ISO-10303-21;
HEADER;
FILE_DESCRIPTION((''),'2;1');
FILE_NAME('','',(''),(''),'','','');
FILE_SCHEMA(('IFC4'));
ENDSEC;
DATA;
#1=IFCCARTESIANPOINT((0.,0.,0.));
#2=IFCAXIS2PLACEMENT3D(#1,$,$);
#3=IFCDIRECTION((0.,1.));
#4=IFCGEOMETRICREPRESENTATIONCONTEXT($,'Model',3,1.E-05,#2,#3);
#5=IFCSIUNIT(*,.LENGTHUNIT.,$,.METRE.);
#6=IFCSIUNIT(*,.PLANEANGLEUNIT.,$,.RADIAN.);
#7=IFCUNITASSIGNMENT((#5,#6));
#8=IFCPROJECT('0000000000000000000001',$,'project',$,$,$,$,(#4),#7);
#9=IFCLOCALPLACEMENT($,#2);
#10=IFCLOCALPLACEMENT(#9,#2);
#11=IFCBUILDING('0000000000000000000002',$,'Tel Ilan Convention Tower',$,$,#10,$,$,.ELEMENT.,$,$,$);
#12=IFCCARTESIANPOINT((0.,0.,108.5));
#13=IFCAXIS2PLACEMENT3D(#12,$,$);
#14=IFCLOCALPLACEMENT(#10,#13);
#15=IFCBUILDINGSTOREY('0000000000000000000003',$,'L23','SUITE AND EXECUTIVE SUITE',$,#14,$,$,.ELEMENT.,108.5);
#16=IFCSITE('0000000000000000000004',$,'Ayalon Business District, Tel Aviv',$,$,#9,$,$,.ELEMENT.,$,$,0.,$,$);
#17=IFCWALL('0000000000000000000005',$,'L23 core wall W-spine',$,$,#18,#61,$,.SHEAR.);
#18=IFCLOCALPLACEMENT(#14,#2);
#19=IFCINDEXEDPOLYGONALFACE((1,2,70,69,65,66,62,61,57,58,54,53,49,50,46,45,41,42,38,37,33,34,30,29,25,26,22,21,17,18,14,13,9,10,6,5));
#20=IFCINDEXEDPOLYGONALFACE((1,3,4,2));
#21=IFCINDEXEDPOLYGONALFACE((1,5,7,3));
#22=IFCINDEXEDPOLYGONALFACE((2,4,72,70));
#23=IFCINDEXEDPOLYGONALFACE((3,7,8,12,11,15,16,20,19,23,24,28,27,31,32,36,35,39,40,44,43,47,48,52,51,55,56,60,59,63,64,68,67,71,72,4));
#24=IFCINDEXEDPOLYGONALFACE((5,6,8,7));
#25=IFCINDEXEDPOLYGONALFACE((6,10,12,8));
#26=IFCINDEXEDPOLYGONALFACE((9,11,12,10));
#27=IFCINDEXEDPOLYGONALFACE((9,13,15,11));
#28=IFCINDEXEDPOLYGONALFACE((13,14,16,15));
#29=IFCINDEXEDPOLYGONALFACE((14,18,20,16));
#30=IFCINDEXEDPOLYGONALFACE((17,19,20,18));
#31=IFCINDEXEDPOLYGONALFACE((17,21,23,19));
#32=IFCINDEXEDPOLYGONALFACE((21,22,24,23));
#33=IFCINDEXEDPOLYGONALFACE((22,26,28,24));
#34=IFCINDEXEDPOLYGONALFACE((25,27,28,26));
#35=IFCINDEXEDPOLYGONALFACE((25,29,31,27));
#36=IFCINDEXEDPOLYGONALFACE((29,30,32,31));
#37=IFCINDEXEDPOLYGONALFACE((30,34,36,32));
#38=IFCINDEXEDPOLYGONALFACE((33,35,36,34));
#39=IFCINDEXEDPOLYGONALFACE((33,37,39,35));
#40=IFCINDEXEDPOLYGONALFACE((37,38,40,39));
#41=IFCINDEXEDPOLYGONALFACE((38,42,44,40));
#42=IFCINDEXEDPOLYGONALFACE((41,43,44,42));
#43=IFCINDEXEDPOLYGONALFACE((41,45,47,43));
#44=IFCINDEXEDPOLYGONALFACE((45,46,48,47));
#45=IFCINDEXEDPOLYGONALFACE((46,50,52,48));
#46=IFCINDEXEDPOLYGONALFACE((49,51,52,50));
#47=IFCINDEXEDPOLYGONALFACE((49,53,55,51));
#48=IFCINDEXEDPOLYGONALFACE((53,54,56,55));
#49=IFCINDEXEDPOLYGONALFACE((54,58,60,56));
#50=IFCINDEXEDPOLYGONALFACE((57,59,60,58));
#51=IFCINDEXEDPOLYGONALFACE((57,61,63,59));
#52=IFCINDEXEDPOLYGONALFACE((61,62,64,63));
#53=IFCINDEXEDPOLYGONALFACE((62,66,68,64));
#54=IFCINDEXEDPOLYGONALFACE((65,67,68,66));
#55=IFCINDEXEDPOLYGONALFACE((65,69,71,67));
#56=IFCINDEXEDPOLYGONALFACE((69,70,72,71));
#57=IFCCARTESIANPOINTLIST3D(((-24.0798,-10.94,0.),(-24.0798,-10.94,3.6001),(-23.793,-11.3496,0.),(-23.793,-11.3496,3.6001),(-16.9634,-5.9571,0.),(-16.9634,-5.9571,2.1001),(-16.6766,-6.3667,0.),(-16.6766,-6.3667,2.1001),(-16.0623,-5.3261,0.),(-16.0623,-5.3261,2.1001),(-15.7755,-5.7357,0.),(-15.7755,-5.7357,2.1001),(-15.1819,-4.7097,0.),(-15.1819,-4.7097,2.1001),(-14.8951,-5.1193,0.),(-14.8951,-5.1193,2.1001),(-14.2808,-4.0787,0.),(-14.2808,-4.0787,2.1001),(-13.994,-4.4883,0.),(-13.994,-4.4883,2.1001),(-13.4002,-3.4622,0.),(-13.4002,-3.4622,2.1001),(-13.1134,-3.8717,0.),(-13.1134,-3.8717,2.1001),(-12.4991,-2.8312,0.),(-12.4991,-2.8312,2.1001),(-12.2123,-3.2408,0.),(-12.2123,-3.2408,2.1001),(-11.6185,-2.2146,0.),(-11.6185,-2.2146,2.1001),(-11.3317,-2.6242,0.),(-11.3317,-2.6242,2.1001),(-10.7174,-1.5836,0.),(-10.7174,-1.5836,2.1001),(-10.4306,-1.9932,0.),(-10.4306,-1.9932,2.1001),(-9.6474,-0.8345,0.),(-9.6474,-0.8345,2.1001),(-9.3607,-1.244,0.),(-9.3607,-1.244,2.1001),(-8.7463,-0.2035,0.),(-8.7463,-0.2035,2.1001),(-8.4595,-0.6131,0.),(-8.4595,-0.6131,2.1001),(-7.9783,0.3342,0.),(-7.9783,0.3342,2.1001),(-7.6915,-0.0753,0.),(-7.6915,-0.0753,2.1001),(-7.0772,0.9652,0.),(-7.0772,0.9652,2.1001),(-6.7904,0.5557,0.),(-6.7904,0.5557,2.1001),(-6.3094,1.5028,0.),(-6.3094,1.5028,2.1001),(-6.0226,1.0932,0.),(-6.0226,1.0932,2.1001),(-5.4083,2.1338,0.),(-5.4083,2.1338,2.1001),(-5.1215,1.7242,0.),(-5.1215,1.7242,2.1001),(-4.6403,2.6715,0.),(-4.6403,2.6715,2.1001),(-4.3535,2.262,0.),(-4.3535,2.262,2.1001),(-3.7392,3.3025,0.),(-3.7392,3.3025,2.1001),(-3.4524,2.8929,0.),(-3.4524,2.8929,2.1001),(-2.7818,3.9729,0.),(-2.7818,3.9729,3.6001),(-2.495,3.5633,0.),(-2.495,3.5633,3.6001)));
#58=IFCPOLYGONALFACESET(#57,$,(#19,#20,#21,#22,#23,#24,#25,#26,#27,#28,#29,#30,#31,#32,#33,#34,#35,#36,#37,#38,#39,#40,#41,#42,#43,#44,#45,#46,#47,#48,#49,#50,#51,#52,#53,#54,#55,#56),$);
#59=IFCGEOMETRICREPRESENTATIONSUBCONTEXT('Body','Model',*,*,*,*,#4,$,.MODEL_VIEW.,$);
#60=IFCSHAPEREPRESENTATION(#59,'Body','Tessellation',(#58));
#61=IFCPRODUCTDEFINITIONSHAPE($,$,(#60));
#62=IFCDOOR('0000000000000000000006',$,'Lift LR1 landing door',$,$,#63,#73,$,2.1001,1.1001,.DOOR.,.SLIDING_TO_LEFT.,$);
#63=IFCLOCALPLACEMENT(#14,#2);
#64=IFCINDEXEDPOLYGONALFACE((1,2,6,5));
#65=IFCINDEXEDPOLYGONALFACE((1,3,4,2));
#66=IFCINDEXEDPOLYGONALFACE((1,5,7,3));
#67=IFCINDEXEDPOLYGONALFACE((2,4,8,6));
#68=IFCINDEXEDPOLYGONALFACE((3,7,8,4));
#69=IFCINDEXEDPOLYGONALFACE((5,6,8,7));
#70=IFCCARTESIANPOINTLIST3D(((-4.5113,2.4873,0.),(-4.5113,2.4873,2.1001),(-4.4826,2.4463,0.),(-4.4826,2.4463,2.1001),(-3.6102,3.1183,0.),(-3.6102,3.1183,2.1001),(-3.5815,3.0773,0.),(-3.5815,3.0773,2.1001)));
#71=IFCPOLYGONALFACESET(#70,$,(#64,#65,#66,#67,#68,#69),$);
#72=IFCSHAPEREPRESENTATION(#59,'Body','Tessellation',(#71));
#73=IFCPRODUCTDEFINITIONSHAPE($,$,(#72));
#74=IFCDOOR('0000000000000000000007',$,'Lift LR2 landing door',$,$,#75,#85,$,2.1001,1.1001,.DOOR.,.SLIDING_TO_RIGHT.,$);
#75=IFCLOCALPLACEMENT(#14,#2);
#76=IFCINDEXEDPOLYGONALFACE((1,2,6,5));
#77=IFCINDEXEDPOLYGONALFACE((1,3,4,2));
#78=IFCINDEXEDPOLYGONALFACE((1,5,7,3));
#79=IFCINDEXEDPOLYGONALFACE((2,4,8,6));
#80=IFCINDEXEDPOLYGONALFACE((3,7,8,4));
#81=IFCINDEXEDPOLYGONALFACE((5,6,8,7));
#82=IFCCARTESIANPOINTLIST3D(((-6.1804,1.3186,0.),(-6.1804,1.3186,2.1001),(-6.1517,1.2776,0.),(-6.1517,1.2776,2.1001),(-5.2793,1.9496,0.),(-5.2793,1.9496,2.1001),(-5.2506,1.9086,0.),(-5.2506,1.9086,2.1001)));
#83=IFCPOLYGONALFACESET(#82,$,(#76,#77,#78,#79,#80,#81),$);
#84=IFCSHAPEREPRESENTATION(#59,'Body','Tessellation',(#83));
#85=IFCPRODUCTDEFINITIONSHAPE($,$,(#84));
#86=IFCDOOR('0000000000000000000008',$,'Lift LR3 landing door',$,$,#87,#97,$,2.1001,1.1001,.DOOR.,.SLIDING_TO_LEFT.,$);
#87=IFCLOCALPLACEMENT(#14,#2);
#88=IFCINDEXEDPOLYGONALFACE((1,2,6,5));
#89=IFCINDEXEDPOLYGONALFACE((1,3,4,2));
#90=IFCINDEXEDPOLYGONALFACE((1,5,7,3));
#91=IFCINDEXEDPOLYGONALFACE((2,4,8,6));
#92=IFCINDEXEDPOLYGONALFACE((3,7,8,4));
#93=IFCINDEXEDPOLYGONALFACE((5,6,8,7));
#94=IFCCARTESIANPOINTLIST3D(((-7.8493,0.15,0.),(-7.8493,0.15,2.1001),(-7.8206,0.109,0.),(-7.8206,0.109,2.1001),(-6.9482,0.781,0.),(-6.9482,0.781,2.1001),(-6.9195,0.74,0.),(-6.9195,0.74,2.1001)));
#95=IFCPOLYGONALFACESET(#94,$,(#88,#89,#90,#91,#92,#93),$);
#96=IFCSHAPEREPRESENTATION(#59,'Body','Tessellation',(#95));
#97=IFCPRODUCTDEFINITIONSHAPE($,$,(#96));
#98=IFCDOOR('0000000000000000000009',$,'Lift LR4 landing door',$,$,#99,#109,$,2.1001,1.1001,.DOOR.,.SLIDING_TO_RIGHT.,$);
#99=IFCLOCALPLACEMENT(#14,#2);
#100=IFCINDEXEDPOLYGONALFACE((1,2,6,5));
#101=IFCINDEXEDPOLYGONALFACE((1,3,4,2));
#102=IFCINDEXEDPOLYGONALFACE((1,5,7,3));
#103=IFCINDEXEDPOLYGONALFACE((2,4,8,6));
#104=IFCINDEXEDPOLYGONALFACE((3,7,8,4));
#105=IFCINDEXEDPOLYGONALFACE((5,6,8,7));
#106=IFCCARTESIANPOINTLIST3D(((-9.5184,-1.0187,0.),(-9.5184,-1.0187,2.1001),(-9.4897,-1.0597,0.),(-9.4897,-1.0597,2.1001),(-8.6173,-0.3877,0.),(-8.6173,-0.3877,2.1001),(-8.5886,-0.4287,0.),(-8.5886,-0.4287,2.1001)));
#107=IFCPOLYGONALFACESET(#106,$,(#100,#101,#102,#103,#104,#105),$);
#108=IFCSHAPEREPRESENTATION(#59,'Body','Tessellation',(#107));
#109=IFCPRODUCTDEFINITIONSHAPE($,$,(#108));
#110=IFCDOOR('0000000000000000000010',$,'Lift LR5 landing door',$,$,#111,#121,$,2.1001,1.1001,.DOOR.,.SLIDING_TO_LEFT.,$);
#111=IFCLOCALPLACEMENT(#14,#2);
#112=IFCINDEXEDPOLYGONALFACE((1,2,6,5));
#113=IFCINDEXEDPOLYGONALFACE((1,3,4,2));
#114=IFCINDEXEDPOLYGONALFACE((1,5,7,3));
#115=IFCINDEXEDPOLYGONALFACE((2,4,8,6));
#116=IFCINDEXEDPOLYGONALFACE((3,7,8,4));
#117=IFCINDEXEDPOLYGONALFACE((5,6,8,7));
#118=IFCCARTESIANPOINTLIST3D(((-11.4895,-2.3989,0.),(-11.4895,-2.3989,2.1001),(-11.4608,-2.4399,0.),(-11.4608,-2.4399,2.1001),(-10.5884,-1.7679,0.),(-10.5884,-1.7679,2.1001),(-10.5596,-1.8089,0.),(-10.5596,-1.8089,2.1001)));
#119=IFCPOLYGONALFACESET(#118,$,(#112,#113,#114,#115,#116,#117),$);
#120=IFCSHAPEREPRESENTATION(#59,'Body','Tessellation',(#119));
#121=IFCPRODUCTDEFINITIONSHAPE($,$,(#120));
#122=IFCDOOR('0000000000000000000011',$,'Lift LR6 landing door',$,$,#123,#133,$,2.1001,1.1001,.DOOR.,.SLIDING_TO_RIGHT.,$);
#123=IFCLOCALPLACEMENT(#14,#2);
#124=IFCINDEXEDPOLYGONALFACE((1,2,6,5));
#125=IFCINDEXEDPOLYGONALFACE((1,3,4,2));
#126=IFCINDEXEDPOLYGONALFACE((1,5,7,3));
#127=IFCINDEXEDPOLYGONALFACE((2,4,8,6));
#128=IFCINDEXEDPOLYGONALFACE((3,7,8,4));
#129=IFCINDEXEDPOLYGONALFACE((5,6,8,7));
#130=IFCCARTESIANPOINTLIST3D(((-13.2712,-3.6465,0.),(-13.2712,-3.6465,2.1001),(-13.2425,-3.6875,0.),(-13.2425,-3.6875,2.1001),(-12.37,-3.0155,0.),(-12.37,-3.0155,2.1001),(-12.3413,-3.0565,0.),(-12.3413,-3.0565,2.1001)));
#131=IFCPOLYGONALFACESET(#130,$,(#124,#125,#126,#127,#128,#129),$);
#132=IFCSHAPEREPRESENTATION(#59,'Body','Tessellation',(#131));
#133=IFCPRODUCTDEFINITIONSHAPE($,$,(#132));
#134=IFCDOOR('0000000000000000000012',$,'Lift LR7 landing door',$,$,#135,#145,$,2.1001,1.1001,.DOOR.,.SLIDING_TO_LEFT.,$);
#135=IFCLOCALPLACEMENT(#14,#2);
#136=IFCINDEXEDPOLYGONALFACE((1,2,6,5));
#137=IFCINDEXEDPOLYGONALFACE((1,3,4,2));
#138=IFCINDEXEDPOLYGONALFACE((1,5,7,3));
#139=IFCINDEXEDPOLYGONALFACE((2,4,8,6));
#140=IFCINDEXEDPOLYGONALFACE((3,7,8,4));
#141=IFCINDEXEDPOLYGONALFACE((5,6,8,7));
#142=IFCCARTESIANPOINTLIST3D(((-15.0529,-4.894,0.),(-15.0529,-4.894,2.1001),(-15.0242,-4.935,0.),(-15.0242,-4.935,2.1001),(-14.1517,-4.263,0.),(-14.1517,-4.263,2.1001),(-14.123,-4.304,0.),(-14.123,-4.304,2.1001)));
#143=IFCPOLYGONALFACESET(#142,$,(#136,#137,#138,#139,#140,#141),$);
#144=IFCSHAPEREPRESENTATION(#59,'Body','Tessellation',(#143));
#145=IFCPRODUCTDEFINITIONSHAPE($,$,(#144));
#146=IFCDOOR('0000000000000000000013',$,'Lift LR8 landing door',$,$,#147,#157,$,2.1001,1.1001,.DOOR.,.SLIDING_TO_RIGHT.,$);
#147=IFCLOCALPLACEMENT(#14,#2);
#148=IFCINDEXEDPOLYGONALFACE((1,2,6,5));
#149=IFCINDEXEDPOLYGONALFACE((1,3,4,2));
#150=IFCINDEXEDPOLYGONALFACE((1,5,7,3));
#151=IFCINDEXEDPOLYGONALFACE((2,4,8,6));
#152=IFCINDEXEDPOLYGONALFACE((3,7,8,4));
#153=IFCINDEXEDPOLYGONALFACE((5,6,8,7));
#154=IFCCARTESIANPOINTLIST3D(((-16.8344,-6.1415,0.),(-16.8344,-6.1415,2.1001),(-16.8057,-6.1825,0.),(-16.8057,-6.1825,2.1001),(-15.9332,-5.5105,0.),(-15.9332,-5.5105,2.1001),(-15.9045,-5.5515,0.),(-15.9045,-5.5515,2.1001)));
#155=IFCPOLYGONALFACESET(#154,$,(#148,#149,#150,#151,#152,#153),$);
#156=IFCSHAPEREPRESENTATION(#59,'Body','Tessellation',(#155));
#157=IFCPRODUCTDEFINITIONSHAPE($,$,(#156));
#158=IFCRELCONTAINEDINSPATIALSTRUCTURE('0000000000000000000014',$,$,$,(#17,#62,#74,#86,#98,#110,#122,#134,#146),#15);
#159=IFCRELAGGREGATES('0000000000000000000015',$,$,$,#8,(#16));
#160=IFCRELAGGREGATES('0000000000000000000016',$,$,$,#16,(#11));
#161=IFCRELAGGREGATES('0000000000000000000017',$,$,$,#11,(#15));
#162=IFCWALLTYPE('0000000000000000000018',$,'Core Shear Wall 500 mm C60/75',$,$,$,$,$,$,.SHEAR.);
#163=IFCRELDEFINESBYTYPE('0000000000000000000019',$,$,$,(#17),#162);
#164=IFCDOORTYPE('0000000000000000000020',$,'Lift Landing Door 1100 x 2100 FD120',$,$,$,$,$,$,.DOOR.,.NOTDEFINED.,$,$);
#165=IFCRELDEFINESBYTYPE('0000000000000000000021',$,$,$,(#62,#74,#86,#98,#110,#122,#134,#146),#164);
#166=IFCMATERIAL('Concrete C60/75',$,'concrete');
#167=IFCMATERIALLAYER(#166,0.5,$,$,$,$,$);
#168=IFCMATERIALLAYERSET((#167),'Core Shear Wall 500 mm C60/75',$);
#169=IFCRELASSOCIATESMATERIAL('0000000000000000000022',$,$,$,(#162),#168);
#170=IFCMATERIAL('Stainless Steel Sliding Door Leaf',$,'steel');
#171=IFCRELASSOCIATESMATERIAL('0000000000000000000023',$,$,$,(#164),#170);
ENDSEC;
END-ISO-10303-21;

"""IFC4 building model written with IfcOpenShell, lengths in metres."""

from ifc_helpers import new_model, si_unit, direction, frame, frame_2d, origin, place, context, subcontext, project, spatial, polyline, rectangle, outline, extrude, material, layer, layer_set, type_object, element, fill, save


model = new_model("IFC4")

# Units and contexts
model_context = context("Model", 3, precision=1e-05, world=origin(), true_north=direction((0.0, 1.0)))
body_context = subcontext(model_context, "Body", "Model", "MODEL_VIEW")
ifc_project = project(units=[si_unit("LENGTHUNIT", "METRE"), si_unit("PLANEANGLEUNIT", "RADIAN")], contexts=[model_context])

# Site, building, storey
site_placement = place(None, origin())
site = spatial("IfcSite", under=ifc_project, at=site_placement, Name="Ayalon Business District, Tel Aviv", CompositionType="ELEMENT", RefElevation=0.0)
building_placement = place(site_placement, origin())
building = spatial("IfcBuilding", under=site, at=building_placement, Name="Tel Ilan Convention Tower", CompositionType="ELEMENT")
storey_placement = place(building_placement, frame((0.0, 0.0, 108.5)))
storey = spatial("IfcBuildingStorey", under=building, at=storey_placement, Name="L23", Description="SUITE AND EXECUTIVE SUITE", CompositionType="ELEMENT", Elevation=108.5)

# Wall, openings, doors
ifc_material_1 = material(Name="Concrete C60/75", Category="concrete")
ifc_layer_1 = layer(ifc_material_1, 0.5)
ifc_layer_set_1 = layer_set([ifc_layer_1], Name="Core Shear Wall 500 mm C60/75")
wall_type_1 = type_object("IfcWallType", Name="Core Shear Wall 500 mm C60/75", PredefinedType="SHEAR", material=ifc_layer_set_1)
wall_1_placement = place(storey_placement, frame((-2.6384, 3.7681, 0.0), z_axis=(0.0, 0.0, 1.0), x_axis=(-0.819149, -0.573581, 0.0)))
wall_1 = element("IfcWall", 1, at=wall_1_placement, inside=storey, type_object=wall_type_1, Name="L23 core wall W-spine", PredefinedType="SHEAR", context=body_context, shape_type="SweptSolid", body=[
    extrude(outline(polyline([(26.0, 0.2498), (0.0, 0.25), (0.0, -0.25), (26.0, -0.2502), (26.0, 0.2498)])), origin(), (0.0, 0.0, 1.0), 3.6001),
])
opening_1_placement = place(wall_1_placement, frame((1.1687, 0.0, 0.0)))
opening_1 = element("IfcOpeningElement", 2, at=opening_1_placement, cuts=wall_1, PredefinedType="OPENING", context=body_context, shape_type="SweptSolid", body=[
    extrude(rectangle(XDim=1.1001, YDim=2.1001, at=frame_2d((0.55, 1.05))), frame((0.0, 0.26, 0.0), z_axis=(0.0, -1.0, 0.0), x_axis=(1.0, 0.0, 0.0)), (0.0, 0.0, 1.0), 0.52),
])
opening_2_placement = place(wall_1_placement, frame((3.2063, 0.0, 0.0)))
opening_2 = element("IfcOpeningElement", 3, at=opening_2_placement, cuts=wall_1, PredefinedType="OPENING", context=body_context, shape_type="SweptSolid", body=[
    extrude(rectangle(XDim=1.1001, YDim=2.1001, at=frame_2d((0.55, 1.05))), frame((0.0, 0.26, 0.0), z_axis=(0.0, -1.0, 0.0), x_axis=(1.0, 0.0, 0.0)), (0.0, 0.0, 1.0), 0.52),
])
opening_3_placement = place(wall_1_placement, frame((5.2437, 0.0, 0.0)))
opening_3 = element("IfcOpeningElement", 4, at=opening_3_placement, cuts=wall_1, PredefinedType="OPENING", context=body_context, shape_type="SweptSolid", body=[
    extrude(rectangle(XDim=1.1001, YDim=2.1001, at=frame_2d((0.55, 1.05))), frame((0.0, 0.26, 0.0), z_axis=(0.0, -1.0, 0.0), x_axis=(1.0, 0.0, 0.0)), (0.0, 0.0, 1.0), 0.52),
])
opening_4_placement = place(wall_1_placement, frame((7.2812, 0.0, 0.0)))
opening_4 = element("IfcOpeningElement", 5, at=opening_4_placement, cuts=wall_1, PredefinedType="OPENING", context=body_context, shape_type="SweptSolid", body=[
    extrude(rectangle(XDim=1.1001, YDim=2.1001, at=frame_2d((0.55, 1.05))), frame((0.0, 0.26, 0.0), z_axis=(0.0, -1.0, 0.0), x_axis=(1.0, 0.0, 0.0)), (0.0, 0.0, 1.0), 0.52),
])
opening_5_placement = place(wall_1_placement, frame((9.6875, 0.0, 0.0)))
opening_5 = element("IfcOpeningElement", 6, at=opening_5_placement, cuts=wall_1, PredefinedType="OPENING", context=body_context, shape_type="SweptSolid", body=[
    extrude(rectangle(XDim=1.1001, YDim=2.1001, at=frame_2d((0.55, 1.05))), frame((0.0, 0.26, 0.0), z_axis=(0.0, -1.0, 0.0), x_axis=(1.0, 0.0, 0.0)), (0.0, 0.0, 1.0), 0.52),
])
opening_6_placement = place(wall_1_placement, frame((11.8625, 0.0, 0.0)))
opening_6 = element("IfcOpeningElement", 7, at=opening_6_placement, cuts=wall_1, PredefinedType="OPENING", context=body_context, shape_type="SweptSolid", body=[
    extrude(rectangle(XDim=1.1001, YDim=2.1001, at=frame_2d((0.55, 1.05))), frame((0.0, 0.26, 0.0), z_axis=(0.0, -1.0, 0.0), x_axis=(1.0, 0.0, 0.0)), (0.0, 0.0, 1.0), 0.52),
])
opening_7_placement = place(wall_1_placement, frame((14.0376, 0.0, 0.0)))
opening_7 = element("IfcOpeningElement", 8, at=opening_7_placement, cuts=wall_1, PredefinedType="OPENING", context=body_context, shape_type="SweptSolid", body=[
    extrude(rectangle(XDim=1.1001, YDim=2.1001, at=frame_2d((0.55, 1.05))), frame((0.0, 0.26, 0.0), z_axis=(0.0, -1.0, 0.0), x_axis=(1.0, 0.0, 0.0)), (0.0, 0.0, 1.0), 0.52),
])
opening_8_placement = place(wall_1_placement, frame((16.2124, 0.0, 0.0)))
opening_8 = element("IfcOpeningElement", 9, at=opening_8_placement, cuts=wall_1, PredefinedType="OPENING", context=body_context, shape_type="SweptSolid", body=[
    extrude(rectangle(XDim=1.1001, YDim=2.1001, at=frame_2d((0.55, 1.05))), frame((0.0, 0.26, 0.0), z_axis=(0.0, -1.0, 0.0), x_axis=(1.0, 0.0, 0.0)), (0.0, 0.0, 1.0), 0.52),
])
ifc_material_2 = material(Name="Stainless Steel Sliding Door Leaf", Category="steel")
door_type_1 = type_object("IfcDoorType", Name="Lift Landing Door 1100 x 2100 FD120", OperationType="NOTDEFINED", PredefinedType="DOOR", material=ifc_material_2)
door_1_placement = place(opening_1_placement, origin())
door_1 = element("IfcDoor", 10, at=door_1_placement, inside=storey, type_object=door_type_1, Name="Lift LR1 landing door", OperationType="SLIDING_TO_LEFT", OverallHeight=2.1001, OverallWidth=1.1001, PredefinedType="DOOR", context=body_context, shape_type="SweptSolid", body=[
    extrude(rectangle(XDim=1.1001, YDim=2.1001, at=frame_2d((0.55, 1.05))), frame((0.0, 0.0249, 0.0), z_axis=(0.0, -1.0, 0.0), x_axis=(1.0, 0.0, 0.0)), (0.0, 0.0, 1.0), 0.05),
])
fill(opening_1, door_1)
door_2_placement = place(opening_2_placement, origin())
door_2 = element("IfcDoor", 11, at=door_2_placement, inside=storey, type_object=door_type_1, Name="Lift LR2 landing door", OperationType="SLIDING_TO_RIGHT", OverallHeight=2.1001, OverallWidth=1.1001, PredefinedType="DOOR", context=body_context, shape_type="SweptSolid", body=[
    extrude(rectangle(XDim=1.1001, YDim=2.1001, at=frame_2d((0.55, 1.05))), frame((0.0, 0.0249, 0.0), z_axis=(0.0, -1.0, 0.0), x_axis=(1.0, 0.0, 0.0)), (0.0, 0.0, 1.0), 0.05),
])
fill(opening_2, door_2)
door_3_placement = place(opening_3_placement, origin())
door_3 = element("IfcDoor", 12, at=door_3_placement, inside=storey, type_object=door_type_1, Name="Lift LR3 landing door", OperationType="SLIDING_TO_LEFT", OverallHeight=2.1001, OverallWidth=1.1001, PredefinedType="DOOR", context=body_context, shape_type="SweptSolid", body=[
    extrude(rectangle(XDim=1.1001, YDim=2.1001, at=frame_2d((0.55, 1.05))), frame((0.0, 0.0249, 0.0), z_axis=(0.0, -1.0, 0.0), x_axis=(1.0, 0.0, 0.0)), (0.0, 0.0, 1.0), 0.05),
])
fill(opening_3, door_3)
door_4_placement = place(opening_4_placement, origin())
door_4 = element("IfcDoor", 13, at=door_4_placement, inside=storey, type_object=door_type_1, Name="Lift LR4 landing door", OperationType="SLIDING_TO_RIGHT", OverallHeight=2.1001, OverallWidth=1.1001, PredefinedType="DOOR", context=body_context, shape_type="SweptSolid", body=[
    extrude(rectangle(XDim=1.1001, YDim=2.1001, at=frame_2d((0.55, 1.05))), frame((0.0, 0.0249, 0.0), z_axis=(0.0, -1.0, 0.0), x_axis=(1.0, 0.0, 0.0)), (0.0, 0.0, 1.0), 0.05),
])
fill(opening_4, door_4)
door_5_placement = place(opening_5_placement, origin())
door_5 = element("IfcDoor", 14, at=door_5_placement, inside=storey, type_object=door_type_1, Name="Lift LR5 landing door", OperationType="SLIDING_TO_LEFT", OverallHeight=2.1001, OverallWidth=1.1001, PredefinedType="DOOR", context=body_context, shape_type="SweptSolid", body=[
    extrude(rectangle(XDim=1.1001, YDim=2.1001, at=frame_2d((0.55, 1.05))), frame((0.0, 0.0249, 0.0), z_axis=(0.0, -1.0, 0.0), x_axis=(1.0, 0.0, 0.0)), (0.0, 0.0, 1.0), 0.05),
])
fill(opening_5, door_5)
door_6_placement = place(opening_6_placement, origin())
door_6 = element("IfcDoor", 15, at=door_6_placement, inside=storey, type_object=door_type_1, Name="Lift LR6 landing door", OperationType="SLIDING_TO_RIGHT", OverallHeight=2.1001, OverallWidth=1.1001, PredefinedType="DOOR", context=body_context, shape_type="SweptSolid", body=[
    extrude(rectangle(XDim=1.1001, YDim=2.1001, at=frame_2d((0.55, 1.05))), frame((0.0, 0.0249, 0.0), z_axis=(0.0, -1.0, 0.0), x_axis=(1.0, 0.0, 0.0)), (0.0, 0.0, 1.0), 0.05),
])
fill(opening_6, door_6)
door_7_placement = place(opening_7_placement, origin())
door_7 = element("IfcDoor", 16, at=door_7_placement, inside=storey, type_object=door_type_1, Name="Lift LR7 landing door", OperationType="SLIDING_TO_LEFT", OverallHeight=2.1001, OverallWidth=1.1001, PredefinedType="DOOR", context=body_context, shape_type="SweptSolid", body=[
    extrude(rectangle(XDim=1.1001, YDim=2.1001, at=frame_2d((0.55, 1.05))), frame((0.0, 0.0249, 0.0), z_axis=(0.0, -1.0, 0.0), x_axis=(1.0, 0.0, 0.0)), (0.0, 0.0, 1.0), 0.05),
])
fill(opening_7, door_7)
door_8_placement = place(opening_8_placement, origin())
door_8 = element("IfcDoor", 17, at=door_8_placement, inside=storey, type_object=door_type_1, Name="Lift LR8 landing door", OperationType="SLIDING_TO_RIGHT", OverallHeight=2.1001, OverallWidth=1.1001, PredefinedType="DOOR", context=body_context, shape_type="SweptSolid", body=[
    extrude(rectangle(XDim=1.1001, YDim=2.1001, at=frame_2d((0.55, 1.05))), frame((0.0, 0.0249, 0.0), z_axis=(0.0, -1.0, 0.0), x_axis=(1.0, 0.0, 0.0)), (0.0, 0.0, 1.0), 0.05),
])
fill(opening_8, door_8)

save(model, "model.ifc")
